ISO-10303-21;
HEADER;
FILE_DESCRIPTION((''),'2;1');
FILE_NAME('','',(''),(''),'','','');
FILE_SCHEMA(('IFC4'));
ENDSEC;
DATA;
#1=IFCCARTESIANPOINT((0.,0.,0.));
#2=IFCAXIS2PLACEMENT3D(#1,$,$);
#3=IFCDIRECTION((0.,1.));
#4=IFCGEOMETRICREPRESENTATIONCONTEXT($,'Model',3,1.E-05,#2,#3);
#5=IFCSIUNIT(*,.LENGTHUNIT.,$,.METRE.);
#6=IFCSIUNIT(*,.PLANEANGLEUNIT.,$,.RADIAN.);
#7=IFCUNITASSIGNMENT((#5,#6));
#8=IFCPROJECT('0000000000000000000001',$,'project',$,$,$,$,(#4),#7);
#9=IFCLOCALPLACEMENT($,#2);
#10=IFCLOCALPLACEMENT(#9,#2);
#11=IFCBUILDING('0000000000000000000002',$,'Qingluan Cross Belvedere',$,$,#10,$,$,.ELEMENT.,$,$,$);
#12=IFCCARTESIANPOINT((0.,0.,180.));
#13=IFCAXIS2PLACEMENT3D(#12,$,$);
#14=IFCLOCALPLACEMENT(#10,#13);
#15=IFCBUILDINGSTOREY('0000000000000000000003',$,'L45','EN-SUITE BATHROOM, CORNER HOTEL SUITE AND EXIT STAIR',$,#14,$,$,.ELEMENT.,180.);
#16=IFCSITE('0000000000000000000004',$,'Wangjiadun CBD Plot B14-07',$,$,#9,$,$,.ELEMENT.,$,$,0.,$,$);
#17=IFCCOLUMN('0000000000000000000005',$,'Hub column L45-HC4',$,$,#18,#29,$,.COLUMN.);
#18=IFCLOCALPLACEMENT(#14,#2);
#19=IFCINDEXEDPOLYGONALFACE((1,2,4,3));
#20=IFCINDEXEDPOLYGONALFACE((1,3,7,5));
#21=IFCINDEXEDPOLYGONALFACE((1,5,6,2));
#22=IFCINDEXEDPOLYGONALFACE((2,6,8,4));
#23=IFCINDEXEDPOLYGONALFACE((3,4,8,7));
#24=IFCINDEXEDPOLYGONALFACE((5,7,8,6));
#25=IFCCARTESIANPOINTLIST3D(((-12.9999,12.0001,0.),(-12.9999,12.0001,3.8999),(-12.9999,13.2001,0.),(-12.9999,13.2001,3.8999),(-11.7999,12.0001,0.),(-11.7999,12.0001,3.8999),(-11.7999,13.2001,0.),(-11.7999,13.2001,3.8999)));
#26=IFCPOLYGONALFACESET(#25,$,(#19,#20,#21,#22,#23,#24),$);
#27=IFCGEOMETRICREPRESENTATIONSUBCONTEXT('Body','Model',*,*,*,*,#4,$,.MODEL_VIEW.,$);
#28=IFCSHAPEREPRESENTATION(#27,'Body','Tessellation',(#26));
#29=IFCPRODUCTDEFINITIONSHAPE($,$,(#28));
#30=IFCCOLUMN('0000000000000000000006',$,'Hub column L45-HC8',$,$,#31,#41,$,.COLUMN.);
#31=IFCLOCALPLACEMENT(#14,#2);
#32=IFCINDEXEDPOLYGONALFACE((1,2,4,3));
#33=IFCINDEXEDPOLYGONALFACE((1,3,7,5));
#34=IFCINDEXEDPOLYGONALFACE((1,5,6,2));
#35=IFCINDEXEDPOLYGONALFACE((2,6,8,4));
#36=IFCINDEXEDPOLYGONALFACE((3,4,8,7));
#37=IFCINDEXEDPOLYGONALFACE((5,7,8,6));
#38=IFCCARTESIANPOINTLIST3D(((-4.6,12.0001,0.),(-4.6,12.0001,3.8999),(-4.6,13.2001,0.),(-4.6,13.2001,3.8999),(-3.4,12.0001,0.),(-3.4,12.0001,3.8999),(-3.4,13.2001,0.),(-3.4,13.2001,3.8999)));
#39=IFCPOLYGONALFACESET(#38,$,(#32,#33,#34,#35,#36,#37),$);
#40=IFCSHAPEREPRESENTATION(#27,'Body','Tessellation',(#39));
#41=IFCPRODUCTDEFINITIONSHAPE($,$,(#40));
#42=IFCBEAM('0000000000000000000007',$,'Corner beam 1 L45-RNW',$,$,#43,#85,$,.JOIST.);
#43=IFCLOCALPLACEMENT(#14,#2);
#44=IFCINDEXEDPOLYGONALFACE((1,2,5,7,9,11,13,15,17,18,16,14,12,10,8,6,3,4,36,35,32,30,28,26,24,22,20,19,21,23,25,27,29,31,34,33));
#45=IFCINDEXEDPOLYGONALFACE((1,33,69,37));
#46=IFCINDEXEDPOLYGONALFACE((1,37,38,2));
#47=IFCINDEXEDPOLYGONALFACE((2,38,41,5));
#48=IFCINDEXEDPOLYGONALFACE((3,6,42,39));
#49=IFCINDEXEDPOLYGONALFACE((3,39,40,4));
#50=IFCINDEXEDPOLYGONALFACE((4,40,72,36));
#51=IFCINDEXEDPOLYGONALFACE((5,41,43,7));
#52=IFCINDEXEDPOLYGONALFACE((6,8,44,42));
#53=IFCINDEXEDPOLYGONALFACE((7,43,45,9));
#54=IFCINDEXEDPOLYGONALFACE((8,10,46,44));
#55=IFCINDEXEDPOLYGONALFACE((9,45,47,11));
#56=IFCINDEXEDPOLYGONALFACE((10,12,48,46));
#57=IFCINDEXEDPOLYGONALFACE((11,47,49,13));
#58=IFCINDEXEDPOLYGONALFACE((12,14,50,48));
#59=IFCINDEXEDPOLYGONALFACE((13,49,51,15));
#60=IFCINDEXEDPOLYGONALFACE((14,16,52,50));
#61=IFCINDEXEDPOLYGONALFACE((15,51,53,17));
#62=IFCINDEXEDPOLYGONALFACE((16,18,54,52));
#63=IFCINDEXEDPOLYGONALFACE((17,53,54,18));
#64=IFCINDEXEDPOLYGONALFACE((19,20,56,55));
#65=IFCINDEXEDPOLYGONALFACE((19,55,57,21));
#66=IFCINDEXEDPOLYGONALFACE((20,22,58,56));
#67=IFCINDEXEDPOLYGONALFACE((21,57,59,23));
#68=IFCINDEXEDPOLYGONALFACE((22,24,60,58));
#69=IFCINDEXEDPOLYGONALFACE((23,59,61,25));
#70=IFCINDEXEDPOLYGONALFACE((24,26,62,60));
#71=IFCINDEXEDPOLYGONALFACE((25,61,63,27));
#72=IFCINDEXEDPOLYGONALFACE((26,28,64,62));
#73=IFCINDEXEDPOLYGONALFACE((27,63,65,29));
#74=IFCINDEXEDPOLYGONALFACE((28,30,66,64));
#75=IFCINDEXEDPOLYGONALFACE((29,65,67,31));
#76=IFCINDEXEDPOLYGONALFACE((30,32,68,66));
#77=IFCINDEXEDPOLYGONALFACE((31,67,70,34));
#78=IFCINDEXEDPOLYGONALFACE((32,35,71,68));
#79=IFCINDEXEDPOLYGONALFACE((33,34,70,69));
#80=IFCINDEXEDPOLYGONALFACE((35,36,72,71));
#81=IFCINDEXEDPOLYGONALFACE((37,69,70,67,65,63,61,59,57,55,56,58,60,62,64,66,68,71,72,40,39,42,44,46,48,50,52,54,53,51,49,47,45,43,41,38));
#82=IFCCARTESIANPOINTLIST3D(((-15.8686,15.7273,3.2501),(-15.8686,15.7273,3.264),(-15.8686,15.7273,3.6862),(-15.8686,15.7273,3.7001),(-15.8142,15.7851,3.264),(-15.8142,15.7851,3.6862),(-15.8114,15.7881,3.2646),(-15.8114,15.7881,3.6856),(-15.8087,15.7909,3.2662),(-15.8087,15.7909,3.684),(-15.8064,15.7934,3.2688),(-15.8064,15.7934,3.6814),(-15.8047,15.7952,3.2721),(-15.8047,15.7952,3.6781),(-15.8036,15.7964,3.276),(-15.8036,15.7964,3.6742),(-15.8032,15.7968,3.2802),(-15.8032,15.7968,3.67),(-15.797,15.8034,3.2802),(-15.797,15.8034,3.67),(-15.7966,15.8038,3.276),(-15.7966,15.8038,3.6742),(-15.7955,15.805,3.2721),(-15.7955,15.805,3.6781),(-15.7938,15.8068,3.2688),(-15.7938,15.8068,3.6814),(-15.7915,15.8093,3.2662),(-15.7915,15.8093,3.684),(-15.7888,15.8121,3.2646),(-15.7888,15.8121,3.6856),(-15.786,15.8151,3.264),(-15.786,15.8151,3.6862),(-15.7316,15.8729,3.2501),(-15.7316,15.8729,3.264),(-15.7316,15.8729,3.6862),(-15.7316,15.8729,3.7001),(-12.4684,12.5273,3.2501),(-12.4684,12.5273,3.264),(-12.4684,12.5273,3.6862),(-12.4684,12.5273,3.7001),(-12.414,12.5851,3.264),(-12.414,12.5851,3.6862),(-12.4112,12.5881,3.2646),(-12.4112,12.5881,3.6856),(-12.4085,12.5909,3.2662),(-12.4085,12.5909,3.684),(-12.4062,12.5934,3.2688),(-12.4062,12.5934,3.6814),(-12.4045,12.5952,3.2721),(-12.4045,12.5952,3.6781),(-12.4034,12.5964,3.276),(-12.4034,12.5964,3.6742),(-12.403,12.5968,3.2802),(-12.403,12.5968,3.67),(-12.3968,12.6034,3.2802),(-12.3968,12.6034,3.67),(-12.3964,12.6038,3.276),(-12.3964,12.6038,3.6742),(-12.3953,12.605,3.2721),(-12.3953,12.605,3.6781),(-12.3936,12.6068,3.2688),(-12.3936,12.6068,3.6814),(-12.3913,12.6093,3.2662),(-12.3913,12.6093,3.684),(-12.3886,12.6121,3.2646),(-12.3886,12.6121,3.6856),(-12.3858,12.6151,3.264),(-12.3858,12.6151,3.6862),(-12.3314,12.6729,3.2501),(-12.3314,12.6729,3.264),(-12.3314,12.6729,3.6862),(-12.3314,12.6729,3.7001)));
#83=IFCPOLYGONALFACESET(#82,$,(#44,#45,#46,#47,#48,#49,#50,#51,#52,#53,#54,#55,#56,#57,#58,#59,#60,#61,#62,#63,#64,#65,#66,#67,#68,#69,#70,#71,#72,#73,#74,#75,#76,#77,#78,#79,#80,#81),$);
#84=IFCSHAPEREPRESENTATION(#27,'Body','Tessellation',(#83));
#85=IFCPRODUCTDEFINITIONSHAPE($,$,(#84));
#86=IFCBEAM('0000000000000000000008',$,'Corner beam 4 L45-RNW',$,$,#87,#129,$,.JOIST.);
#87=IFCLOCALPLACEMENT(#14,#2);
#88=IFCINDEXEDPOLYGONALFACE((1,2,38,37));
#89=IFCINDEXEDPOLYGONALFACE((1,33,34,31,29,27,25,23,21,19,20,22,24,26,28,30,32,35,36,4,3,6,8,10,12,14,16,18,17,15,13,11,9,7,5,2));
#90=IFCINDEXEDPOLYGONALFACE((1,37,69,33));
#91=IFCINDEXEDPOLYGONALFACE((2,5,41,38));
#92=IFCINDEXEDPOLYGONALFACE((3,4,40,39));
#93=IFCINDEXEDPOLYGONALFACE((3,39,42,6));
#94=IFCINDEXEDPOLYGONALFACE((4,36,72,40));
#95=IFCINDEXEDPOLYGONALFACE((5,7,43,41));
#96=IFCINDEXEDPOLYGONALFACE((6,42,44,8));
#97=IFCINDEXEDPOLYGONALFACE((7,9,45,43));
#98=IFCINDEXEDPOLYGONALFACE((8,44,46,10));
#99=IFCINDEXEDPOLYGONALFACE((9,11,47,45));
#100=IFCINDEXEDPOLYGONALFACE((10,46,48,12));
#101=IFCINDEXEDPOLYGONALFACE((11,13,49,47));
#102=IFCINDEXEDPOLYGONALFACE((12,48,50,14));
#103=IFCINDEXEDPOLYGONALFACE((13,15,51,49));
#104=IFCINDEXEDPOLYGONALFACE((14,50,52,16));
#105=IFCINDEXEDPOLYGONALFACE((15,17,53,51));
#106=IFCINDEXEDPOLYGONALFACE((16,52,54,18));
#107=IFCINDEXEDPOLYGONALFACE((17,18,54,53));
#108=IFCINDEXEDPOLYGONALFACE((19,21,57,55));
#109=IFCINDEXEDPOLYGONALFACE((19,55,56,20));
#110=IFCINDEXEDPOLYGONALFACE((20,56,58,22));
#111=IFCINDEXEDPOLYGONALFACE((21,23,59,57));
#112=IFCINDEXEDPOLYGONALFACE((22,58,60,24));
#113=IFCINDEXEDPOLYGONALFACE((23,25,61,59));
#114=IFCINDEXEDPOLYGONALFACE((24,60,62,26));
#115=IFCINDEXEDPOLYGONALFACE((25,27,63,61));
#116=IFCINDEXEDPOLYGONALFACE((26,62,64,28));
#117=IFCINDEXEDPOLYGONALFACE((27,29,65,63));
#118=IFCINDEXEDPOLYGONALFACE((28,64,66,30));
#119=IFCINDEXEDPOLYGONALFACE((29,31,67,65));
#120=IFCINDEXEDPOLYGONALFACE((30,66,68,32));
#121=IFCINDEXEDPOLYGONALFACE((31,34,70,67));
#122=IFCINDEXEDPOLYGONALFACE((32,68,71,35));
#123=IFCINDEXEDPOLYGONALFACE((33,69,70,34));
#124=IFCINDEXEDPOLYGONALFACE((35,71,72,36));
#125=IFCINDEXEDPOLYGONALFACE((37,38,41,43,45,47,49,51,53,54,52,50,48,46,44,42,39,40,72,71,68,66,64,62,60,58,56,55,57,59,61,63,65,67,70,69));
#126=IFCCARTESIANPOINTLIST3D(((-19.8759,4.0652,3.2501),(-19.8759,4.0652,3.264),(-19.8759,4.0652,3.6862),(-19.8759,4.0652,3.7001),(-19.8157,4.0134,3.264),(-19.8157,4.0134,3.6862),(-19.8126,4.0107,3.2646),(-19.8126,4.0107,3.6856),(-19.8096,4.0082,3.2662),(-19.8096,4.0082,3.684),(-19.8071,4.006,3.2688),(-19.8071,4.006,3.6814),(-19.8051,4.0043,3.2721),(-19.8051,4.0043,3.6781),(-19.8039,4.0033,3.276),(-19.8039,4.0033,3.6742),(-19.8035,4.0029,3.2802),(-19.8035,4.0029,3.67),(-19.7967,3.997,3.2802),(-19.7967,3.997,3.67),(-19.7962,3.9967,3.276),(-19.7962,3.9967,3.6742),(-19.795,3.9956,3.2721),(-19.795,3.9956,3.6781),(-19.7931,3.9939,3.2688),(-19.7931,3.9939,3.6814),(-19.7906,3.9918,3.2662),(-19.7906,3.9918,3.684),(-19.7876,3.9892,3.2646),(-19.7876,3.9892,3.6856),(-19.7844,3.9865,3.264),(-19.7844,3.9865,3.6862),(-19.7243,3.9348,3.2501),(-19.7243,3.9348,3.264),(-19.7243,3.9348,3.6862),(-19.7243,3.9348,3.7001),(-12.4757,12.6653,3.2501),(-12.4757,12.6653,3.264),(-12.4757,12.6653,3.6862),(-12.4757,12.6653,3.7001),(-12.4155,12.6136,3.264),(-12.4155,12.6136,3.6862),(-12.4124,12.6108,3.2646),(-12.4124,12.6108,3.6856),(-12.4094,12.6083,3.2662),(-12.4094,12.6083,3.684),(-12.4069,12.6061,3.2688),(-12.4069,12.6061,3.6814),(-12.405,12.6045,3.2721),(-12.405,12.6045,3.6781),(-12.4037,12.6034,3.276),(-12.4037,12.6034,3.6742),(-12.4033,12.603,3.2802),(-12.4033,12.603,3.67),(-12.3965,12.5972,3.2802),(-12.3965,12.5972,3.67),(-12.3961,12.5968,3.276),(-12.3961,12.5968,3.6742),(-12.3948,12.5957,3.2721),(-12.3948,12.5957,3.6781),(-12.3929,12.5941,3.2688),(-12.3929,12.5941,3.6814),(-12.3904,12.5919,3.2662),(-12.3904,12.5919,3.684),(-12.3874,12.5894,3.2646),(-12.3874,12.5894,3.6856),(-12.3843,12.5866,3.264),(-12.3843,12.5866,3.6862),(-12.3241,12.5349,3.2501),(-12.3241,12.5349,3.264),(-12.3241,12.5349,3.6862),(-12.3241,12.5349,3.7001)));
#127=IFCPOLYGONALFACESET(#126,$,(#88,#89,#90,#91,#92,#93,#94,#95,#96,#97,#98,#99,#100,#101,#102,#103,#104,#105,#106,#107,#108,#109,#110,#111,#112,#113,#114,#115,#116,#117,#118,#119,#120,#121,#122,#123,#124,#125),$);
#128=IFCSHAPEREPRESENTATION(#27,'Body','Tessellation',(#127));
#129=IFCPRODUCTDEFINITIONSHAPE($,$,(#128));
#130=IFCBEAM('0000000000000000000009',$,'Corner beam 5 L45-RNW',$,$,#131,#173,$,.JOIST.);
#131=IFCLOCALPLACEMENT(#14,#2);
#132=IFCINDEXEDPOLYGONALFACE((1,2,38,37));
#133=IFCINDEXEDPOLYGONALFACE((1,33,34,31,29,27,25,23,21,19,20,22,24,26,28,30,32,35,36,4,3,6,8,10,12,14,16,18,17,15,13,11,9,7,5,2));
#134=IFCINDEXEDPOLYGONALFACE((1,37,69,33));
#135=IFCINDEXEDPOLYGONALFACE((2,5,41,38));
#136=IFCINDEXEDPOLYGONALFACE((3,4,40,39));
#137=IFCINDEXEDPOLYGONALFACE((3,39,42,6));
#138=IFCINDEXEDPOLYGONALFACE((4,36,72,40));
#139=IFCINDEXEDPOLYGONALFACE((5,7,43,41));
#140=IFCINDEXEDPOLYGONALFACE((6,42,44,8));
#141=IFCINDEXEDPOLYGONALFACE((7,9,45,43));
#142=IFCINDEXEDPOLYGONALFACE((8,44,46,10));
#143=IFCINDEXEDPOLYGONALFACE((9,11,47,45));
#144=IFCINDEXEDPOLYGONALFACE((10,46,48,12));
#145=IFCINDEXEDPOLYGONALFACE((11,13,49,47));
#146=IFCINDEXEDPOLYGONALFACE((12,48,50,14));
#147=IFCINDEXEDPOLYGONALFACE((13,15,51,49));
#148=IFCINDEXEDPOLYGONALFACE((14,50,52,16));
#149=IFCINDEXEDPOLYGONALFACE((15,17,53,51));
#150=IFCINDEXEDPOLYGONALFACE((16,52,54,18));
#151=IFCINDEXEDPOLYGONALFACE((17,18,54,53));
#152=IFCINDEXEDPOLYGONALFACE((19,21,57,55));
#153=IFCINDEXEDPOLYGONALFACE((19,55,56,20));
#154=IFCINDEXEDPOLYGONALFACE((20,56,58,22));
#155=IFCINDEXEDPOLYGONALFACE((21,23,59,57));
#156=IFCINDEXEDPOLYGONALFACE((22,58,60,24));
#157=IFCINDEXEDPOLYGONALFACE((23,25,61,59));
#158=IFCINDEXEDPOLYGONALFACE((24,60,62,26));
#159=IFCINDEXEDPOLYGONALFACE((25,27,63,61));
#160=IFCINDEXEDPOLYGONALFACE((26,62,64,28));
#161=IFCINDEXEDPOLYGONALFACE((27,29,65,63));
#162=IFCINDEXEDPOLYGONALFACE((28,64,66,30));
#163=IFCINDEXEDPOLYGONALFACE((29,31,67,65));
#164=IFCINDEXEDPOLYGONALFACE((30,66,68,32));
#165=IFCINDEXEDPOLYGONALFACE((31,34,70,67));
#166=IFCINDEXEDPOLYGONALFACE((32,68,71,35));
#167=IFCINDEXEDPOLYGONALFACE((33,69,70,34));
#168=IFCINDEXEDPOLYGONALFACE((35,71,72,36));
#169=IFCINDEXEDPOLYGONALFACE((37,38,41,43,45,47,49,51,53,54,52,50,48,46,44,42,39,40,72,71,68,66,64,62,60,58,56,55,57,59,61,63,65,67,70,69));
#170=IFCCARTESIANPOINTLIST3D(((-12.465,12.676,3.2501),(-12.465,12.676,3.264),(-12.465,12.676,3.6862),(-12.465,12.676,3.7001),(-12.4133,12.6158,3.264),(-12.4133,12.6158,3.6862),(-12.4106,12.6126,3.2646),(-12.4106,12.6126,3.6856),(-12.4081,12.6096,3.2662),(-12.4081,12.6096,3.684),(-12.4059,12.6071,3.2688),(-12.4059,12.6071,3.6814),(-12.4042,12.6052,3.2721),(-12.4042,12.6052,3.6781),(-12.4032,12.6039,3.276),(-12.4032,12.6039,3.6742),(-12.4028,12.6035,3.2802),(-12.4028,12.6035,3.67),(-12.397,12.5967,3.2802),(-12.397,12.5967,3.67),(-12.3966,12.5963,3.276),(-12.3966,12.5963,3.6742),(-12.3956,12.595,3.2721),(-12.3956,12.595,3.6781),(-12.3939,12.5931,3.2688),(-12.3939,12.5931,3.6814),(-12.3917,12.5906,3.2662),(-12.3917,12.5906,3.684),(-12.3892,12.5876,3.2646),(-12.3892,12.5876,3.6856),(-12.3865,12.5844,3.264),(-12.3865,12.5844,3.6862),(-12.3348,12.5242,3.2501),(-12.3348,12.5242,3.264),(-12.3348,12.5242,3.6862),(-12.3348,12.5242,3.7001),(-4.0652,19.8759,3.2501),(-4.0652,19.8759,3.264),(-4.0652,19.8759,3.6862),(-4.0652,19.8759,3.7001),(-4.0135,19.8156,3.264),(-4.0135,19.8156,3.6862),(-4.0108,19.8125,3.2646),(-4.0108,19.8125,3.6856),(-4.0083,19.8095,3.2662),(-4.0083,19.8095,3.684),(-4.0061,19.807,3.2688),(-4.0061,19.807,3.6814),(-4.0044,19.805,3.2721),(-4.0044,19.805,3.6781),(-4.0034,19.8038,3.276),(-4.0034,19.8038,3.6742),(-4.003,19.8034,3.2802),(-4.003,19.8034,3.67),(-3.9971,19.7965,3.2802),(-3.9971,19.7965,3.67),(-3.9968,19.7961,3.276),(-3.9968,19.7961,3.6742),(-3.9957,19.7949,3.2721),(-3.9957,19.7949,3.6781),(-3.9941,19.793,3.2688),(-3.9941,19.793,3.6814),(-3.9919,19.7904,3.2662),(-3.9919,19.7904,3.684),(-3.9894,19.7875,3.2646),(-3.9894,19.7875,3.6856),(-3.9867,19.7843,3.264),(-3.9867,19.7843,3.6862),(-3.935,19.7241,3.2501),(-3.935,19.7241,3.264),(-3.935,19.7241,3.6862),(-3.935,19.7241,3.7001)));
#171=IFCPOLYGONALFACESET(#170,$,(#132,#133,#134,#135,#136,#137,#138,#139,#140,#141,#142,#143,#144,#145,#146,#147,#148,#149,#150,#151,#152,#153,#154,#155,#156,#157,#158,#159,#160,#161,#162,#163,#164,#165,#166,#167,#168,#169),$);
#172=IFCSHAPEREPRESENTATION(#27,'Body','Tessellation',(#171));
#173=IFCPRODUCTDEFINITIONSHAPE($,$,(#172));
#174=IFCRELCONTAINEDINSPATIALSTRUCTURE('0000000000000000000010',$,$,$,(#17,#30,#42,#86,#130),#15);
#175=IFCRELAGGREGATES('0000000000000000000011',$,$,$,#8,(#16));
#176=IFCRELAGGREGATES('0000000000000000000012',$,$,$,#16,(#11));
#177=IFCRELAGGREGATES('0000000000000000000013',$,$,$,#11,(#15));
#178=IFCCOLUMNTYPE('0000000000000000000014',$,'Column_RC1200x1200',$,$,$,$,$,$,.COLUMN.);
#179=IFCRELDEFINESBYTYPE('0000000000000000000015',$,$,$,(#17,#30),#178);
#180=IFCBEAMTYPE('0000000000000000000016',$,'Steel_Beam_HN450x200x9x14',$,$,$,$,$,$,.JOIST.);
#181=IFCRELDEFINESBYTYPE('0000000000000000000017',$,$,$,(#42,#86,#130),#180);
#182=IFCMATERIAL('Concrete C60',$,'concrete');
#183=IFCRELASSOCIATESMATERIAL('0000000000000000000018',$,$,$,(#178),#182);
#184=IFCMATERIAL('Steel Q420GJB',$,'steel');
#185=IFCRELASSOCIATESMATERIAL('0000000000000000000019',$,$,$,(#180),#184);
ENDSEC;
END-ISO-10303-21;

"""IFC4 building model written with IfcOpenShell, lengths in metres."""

from ifc_helpers import new_model, si_unit, direction, frame, origin, origin_2d, place, context, subcontext, project, spatial, rectangle, i_section, extrude, material, material_profile, profile_set, type_object, element, save


model = new_model("IFC4")

# Units and contexts
model_context = context("Model", 3, precision=1e-05, world=origin(), true_north=direction((0.0, 1.0)))
body_context = subcontext(model_context, "Body", "Model", "MODEL_VIEW")
ifc_project = project(units=[si_unit("LENGTHUNIT", "METRE"), si_unit("PLANEANGLEUNIT", "RADIAN")], contexts=[model_context])

# Site, building, storey
site_placement = place(None, origin())
site = spatial("IfcSite", under=ifc_project, at=site_placement, Name="Wangjiadun CBD Plot B14-07", CompositionType="ELEMENT", RefElevation=0.0)
building_placement = place(site_placement, origin())
building = spatial("IfcBuilding", under=site, at=building_placement, Name="Qingluan Cross Belvedere", CompositionType="ELEMENT")
storey_placement = place(building_placement, frame((0.0, 0.0, 180.0)))
storey = spatial("IfcBuildingStorey", under=building, at=storey_placement, Name="L45", Description="EN-SUITE BATHROOM, CORNER HOTEL SUITE AND EXIT STAIR", CompositionType="ELEMENT", Elevation=180.0)

# Columns
ifc_material_1 = material(Name="Concrete C60", Category="concrete")
ifc_material_profile_1 = material_profile(ifc_material_1, rectangle(XDim=1.2, YDim=1.2, at=origin_2d()), Name="RC1200x1200")
ifc_profile_set_1 = profile_set([ifc_material_profile_1], Name="Concrete C60")
column_type = type_object("IfcColumnType", Name="Column_RC1200x1200", PredefinedType="COLUMN", material=ifc_profile_set_1)
for number, where, z_axis, x_axis, name in (
    (1, (-12.3999, 12.6001, 0.0), (0.0, 0.0, 1.0), (1.0, 0.0, 0.0), "Hub column L45-HC4"),
    (2, (-4.0, 12.6001, 0.0), (0.0, 0.0, 1.0), (1.0, 0.0, 0.0), "Hub column L45-HC8"),
):
    element("IfcColumn", number, at=place(storey_placement, frame(where, z_axis=z_axis, x_axis=x_axis)), inside=storey, type_object=column_type, Name=name, PredefinedType="COLUMN", context=body_context, shape_type="SweptSolid", body=[
        extrude(rectangle(XDim=1.2, YDim=1.2, at=origin_2d()), origin(), (0.0, 0.0, 1.0), 3.8999),
    ])

# Beams
ifc_material_2 = material(Name="Steel Q420GJB", Category="steel")
ifc_material_profile_2 = material_profile(ifc_material_2, i_section(OverallWidth=0.2, OverallDepth=0.45, WebThickness=0.009, FlangeThickness=0.0139, FilletRadius=0.0161, at=origin_2d()), Name="HN450x200x9x14")
ifc_profile_set_2 = profile_set([ifc_material_profile_2], Name="Steel Q420GJB")
beam_type_1 = type_object("IfcBeamType", Name="Steel_Beam_HN450x200x9x14", PredefinedType="JOIST", material=ifc_profile_set_2)
beam_1_placement = place(storey_placement, frame((-12.3999, 12.6001, 3.4751), z_axis=(-0.72822, 0.685343, 0.0), x_axis=(-0.685343, -0.72822, 0.0)))
element("IfcBeam", 3, at=beam_1_placement, inside=storey, type_object=beam_type_1, Name="Corner beam 1 L45-RNW", PredefinedType="JOIST", context=body_context, shape_type="SweptSolid", body=[
    extrude(i_section(OverallWidth=0.2, OverallDepth=0.45, WebThickness=0.009, FlangeThickness=0.0139, FilletRadius=0.0161, at=origin_2d()), origin(), (0.0, 0.0, 1.0), 4.6692),
])
beam_2_placement = place(storey_placement, frame((-12.3999, 12.6001, 3.4751), z_axis=(-0.652245, -0.758008, 0.0), x_axis=(0.758008, -0.652245, 0.0)))
element("IfcBeam", 4, at=beam_2_placement, inside=storey, type_object=beam_type_1, Name="Corner beam 4 L45-RNW", PredefinedType="JOIST", context=body_context, shape_type="SweptSolid", body=[
    extrude(i_section(OverallWidth=0.2, OverallDepth=0.45, WebThickness=0.009, FlangeThickness=0.0139, FilletRadius=0.0161, at=origin_2d()), origin(), (0.0, 0.0, 1.0), 11.3457),
])
beam_3_placement = place(storey_placement, frame((-12.3999, 12.6001, 3.4751), z_axis=(0.759255, 0.650793, 0.0), x_axis=(-0.650793, 0.759255, 0.0)))
element("IfcBeam", 5, at=beam_3_placement, inside=storey, type_object=beam_type_1, Name="Corner beam 5 L45-RNW", PredefinedType="JOIST", context=body_context, shape_type="SweptSolid", body=[
    extrude(i_section(OverallWidth=0.2, OverallDepth=0.45, WebThickness=0.009, FlangeThickness=0.0139, FilletRadius=0.0161, at=origin_2d()), origin(), (0.0, 0.0, 1.0), 11.0632),
])

save(model, "model.ifc")
